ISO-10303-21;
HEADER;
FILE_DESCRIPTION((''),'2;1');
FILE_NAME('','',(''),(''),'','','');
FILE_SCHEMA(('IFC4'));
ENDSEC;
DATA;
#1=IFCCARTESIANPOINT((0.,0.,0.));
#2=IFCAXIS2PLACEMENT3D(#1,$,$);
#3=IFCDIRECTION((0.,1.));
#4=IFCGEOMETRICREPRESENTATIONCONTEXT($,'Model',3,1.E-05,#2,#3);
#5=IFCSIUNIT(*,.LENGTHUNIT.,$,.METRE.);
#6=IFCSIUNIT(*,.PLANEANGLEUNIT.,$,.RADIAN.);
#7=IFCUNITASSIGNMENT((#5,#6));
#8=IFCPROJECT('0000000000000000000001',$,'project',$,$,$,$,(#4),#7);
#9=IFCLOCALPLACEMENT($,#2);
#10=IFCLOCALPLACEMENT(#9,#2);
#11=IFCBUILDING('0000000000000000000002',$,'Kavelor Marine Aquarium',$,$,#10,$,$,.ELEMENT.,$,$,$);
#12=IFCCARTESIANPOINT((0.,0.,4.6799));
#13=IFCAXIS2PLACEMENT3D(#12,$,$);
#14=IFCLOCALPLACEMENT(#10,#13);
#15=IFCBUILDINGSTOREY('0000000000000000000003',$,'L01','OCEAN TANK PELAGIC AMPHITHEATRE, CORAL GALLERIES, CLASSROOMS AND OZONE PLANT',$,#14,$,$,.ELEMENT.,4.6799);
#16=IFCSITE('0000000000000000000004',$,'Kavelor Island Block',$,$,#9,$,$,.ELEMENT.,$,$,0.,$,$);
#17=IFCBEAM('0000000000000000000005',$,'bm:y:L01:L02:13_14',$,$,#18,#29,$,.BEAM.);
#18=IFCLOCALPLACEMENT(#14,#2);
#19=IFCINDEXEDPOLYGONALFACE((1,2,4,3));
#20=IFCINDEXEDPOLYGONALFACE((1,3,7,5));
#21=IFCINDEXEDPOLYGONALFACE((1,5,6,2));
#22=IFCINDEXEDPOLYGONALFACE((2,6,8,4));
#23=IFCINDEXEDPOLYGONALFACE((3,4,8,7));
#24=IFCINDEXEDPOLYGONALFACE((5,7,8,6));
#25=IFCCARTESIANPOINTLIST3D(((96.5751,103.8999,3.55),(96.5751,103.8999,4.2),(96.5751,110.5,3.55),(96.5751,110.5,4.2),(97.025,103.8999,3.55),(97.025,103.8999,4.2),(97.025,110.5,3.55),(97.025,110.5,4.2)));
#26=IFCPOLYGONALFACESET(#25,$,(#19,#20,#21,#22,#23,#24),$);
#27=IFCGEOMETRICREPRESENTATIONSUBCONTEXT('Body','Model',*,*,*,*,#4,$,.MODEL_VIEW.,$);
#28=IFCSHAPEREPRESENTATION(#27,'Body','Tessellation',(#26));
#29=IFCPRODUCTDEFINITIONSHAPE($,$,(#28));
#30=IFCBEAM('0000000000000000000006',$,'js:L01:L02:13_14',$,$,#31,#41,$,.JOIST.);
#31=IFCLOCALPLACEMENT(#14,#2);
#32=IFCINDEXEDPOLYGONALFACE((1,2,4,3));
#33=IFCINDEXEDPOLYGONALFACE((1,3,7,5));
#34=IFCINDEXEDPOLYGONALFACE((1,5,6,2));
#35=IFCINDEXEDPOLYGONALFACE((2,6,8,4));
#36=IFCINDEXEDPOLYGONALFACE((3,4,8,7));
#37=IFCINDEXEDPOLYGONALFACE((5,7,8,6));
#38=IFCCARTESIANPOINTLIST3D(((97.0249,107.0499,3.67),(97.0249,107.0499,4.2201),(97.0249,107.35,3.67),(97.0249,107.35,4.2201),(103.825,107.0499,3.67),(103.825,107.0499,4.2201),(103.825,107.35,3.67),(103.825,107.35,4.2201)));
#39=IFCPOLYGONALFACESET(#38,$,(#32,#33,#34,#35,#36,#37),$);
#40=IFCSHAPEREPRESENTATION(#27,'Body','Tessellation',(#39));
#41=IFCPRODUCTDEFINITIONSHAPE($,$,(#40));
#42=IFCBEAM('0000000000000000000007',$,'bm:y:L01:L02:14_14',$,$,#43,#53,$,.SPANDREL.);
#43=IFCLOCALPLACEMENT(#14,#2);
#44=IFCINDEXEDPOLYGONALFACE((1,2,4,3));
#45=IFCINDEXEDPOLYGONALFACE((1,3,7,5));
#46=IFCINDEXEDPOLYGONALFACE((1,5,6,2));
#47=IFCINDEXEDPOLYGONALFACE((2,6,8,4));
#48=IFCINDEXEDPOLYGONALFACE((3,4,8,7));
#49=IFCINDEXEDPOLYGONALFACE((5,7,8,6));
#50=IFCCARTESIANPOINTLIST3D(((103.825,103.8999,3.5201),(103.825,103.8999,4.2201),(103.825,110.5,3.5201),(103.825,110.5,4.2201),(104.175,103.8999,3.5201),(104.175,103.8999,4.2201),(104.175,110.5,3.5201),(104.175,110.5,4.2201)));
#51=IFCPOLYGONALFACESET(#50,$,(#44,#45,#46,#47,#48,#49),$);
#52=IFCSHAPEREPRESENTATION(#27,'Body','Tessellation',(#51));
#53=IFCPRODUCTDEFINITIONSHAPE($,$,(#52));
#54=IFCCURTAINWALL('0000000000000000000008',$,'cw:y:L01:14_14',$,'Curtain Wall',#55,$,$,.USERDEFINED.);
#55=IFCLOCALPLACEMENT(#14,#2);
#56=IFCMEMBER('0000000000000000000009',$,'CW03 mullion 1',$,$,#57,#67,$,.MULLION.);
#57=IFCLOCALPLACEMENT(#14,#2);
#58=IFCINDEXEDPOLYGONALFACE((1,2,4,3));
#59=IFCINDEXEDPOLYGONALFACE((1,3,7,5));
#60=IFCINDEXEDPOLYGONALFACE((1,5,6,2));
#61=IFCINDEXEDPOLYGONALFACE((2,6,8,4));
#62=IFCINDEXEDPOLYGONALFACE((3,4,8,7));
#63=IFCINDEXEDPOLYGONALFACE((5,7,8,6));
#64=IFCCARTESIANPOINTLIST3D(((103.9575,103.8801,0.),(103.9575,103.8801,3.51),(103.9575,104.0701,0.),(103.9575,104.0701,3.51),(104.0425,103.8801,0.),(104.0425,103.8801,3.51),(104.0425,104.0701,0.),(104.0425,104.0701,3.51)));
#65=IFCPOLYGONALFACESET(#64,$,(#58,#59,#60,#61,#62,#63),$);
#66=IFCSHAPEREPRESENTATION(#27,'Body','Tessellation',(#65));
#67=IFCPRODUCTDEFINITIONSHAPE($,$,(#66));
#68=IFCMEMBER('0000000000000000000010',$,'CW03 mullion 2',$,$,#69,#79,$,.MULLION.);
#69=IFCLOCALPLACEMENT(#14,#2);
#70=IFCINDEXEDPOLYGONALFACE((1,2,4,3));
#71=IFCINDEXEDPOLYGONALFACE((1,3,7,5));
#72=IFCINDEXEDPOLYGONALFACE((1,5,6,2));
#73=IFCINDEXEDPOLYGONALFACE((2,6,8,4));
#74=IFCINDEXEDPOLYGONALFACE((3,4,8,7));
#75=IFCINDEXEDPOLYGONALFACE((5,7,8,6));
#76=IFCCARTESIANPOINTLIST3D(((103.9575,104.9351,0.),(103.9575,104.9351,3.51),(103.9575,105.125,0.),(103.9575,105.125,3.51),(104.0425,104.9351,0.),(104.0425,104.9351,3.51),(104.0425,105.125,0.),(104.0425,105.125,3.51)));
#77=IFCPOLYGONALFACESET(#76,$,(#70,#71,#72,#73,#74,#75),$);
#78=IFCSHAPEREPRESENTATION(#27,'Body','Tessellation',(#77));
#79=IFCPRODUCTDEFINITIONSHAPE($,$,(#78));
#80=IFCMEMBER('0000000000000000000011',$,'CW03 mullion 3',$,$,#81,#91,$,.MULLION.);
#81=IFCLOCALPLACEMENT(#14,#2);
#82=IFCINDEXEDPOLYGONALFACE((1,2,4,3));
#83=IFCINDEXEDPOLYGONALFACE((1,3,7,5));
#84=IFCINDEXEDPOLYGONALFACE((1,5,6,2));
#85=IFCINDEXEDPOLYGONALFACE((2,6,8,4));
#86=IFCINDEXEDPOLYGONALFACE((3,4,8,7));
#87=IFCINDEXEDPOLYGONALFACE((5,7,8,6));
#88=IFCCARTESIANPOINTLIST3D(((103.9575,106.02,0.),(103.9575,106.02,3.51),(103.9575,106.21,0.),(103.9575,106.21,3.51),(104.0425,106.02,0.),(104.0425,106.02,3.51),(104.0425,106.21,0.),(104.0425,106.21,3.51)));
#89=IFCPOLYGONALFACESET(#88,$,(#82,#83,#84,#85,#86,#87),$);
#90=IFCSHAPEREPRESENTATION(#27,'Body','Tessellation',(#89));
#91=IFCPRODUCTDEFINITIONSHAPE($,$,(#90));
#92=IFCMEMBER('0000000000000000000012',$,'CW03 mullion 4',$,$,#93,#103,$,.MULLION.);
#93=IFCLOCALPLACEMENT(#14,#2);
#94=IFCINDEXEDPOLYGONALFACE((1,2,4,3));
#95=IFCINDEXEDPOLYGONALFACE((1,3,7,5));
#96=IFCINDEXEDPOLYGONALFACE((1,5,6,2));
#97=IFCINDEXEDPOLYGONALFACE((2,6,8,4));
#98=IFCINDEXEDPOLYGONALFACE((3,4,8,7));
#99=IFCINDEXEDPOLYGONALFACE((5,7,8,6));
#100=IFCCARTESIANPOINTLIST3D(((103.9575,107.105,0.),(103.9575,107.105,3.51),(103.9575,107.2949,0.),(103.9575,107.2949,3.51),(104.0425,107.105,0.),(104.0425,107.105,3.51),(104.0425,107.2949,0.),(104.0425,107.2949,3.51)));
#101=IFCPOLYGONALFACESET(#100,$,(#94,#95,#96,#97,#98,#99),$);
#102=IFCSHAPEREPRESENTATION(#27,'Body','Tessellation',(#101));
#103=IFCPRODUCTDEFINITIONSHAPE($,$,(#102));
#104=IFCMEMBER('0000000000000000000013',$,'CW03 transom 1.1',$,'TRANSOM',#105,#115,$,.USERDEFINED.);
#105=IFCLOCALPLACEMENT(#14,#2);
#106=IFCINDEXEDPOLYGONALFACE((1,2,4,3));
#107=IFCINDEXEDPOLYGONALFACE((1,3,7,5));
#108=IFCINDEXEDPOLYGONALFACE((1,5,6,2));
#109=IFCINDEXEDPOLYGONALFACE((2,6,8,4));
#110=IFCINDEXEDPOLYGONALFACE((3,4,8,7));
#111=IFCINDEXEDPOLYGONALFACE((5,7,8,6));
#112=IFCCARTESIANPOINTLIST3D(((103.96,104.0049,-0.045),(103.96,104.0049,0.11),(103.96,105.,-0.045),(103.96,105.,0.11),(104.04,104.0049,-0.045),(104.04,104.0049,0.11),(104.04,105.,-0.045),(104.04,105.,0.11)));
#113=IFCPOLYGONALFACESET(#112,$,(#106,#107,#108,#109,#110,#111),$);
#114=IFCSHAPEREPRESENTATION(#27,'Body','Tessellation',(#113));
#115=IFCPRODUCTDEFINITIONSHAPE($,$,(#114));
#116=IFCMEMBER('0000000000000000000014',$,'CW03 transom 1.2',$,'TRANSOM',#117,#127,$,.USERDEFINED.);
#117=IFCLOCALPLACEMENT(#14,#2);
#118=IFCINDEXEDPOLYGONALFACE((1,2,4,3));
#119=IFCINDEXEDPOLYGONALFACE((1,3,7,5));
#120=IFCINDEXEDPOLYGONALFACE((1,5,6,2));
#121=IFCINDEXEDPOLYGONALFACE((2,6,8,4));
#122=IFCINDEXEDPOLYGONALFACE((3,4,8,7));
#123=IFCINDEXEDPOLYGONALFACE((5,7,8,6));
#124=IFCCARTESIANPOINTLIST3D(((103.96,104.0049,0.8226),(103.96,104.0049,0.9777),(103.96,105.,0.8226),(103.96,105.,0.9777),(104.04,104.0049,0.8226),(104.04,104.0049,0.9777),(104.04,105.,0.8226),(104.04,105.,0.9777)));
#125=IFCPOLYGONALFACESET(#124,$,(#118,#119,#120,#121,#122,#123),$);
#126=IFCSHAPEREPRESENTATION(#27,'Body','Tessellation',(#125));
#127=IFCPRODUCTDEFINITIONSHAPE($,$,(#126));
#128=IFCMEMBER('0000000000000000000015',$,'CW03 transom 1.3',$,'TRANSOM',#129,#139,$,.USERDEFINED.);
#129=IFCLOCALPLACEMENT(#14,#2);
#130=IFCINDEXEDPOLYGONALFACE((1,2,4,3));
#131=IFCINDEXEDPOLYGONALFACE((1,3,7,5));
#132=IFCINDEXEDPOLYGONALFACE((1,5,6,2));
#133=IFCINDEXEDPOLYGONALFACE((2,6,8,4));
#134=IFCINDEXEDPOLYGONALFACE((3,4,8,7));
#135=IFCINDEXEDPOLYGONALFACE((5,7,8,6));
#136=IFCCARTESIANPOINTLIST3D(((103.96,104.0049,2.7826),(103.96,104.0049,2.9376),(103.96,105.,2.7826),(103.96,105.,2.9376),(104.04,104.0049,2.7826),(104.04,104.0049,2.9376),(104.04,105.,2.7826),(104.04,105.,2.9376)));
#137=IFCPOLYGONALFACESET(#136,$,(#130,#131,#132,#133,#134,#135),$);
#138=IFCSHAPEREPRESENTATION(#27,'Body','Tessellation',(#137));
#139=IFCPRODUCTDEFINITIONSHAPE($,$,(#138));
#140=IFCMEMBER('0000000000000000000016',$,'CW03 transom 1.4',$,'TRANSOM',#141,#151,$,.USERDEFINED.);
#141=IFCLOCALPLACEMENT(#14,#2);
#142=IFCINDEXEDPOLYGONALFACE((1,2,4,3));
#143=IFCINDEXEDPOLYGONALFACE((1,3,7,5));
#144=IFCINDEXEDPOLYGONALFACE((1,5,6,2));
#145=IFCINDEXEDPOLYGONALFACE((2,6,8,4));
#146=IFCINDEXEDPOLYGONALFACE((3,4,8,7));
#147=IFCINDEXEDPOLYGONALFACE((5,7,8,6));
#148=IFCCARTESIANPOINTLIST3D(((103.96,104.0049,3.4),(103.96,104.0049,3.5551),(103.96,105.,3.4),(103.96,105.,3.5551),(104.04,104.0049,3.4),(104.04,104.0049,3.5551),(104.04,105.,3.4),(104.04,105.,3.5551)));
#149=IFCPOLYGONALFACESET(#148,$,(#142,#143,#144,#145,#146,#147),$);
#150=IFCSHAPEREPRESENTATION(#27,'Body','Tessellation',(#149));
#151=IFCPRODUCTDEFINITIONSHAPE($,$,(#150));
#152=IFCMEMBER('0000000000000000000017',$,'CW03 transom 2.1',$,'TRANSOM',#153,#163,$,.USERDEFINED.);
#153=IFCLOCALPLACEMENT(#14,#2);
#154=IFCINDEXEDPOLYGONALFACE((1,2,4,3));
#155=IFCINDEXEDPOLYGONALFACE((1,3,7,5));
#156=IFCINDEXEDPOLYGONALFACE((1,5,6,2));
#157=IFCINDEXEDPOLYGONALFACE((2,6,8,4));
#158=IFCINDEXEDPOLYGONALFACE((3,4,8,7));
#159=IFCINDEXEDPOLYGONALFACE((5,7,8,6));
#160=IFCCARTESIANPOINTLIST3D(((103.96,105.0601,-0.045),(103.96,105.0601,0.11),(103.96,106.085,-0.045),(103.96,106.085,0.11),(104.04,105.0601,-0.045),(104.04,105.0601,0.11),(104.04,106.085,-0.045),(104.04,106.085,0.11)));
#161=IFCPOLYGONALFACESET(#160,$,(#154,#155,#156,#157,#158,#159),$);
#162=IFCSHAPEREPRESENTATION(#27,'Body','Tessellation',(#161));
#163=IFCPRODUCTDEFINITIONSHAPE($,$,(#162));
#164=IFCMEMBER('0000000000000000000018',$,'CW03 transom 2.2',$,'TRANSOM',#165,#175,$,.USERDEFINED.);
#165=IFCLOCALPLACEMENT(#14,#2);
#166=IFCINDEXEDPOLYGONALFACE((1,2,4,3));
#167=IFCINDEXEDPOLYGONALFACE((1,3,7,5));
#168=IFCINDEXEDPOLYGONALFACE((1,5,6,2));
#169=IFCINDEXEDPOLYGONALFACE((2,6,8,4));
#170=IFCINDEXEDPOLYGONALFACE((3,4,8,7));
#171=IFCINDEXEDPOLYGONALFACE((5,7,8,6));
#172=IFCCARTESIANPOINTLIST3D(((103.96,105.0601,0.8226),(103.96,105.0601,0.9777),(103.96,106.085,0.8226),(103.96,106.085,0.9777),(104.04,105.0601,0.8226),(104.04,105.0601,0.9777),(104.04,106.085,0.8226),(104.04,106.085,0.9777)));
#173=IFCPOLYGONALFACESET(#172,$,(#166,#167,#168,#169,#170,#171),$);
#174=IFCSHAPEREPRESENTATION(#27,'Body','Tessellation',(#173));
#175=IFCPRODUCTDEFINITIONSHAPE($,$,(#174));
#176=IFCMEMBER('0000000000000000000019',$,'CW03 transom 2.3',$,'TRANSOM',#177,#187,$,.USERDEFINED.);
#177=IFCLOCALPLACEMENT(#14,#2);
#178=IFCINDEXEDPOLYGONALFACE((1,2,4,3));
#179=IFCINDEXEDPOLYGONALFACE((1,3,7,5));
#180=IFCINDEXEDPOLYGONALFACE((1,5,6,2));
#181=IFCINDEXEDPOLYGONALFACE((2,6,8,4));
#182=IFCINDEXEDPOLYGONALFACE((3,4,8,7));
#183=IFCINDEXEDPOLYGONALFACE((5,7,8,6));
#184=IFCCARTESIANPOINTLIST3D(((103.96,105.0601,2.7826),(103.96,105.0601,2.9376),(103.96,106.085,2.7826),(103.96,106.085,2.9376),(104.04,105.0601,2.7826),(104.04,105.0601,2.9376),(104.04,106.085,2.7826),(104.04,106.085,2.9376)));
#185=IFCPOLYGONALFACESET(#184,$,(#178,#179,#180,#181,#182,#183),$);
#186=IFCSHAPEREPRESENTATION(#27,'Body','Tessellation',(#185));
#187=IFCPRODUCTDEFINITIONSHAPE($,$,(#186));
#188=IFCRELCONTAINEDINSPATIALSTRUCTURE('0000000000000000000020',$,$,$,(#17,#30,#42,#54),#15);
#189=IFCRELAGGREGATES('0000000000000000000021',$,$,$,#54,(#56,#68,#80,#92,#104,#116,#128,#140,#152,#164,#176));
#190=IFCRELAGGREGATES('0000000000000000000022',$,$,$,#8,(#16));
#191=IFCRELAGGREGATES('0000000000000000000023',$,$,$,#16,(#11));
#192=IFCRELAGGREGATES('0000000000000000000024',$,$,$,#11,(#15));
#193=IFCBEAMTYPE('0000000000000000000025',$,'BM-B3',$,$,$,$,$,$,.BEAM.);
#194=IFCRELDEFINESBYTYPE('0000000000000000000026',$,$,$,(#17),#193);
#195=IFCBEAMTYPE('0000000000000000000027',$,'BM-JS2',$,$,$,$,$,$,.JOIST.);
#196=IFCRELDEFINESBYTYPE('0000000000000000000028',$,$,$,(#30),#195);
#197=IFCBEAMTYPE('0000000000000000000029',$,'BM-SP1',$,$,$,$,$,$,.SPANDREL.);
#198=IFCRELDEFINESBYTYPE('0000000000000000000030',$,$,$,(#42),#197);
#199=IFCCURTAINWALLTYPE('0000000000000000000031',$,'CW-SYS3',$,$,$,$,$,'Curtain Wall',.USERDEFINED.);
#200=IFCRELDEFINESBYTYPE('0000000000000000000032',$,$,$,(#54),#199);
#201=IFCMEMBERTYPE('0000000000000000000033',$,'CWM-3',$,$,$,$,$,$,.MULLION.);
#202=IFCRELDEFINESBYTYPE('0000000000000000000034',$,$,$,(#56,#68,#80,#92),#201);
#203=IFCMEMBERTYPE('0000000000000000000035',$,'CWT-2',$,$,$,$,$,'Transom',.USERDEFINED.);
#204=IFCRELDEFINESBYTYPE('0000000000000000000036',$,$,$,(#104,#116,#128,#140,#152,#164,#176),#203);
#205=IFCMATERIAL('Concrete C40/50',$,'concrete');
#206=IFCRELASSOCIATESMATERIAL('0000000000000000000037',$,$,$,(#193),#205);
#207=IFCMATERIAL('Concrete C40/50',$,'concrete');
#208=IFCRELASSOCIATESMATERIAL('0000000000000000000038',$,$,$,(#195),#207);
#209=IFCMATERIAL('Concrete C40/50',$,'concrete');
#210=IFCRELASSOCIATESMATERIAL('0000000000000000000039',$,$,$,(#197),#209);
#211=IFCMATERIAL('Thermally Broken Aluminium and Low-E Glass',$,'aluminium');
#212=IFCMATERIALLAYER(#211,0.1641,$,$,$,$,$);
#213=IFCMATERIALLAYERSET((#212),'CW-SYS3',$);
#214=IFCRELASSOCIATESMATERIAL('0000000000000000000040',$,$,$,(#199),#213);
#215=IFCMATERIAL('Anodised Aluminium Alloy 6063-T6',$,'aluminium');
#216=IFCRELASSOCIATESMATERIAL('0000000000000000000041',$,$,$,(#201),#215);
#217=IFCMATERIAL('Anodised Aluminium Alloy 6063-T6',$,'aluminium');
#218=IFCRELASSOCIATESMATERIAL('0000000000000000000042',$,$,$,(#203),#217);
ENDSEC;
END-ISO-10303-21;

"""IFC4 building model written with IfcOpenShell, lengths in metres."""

from ifc_helpers import new_model, si_unit, direction, frame, origin, origin_2d, place, context, subcontext, project, spatial, rectangle, extrude, material, layer, layer_set, material_profile, profile_set, type_object, element, aggregate, save


model = new_model("IFC4")

# Units and contexts
model_context = context("Model", 3, precision=1e-05, world=origin(), true_north=direction((0.0, 1.0)))
body_context = subcontext(model_context, "Body", "Model", "MODEL_VIEW")
ifc_project = project(units=[si_unit("LENGTHUNIT", "METRE"), si_unit("PLANEANGLEUNIT", "RADIAN")], contexts=[model_context])

# Site, building, storey
site_placement = place(None, origin())
site = spatial("IfcSite", under=ifc_project, at=site_placement, Name="Kavelor Island Block", CompositionType="ELEMENT", RefElevation=0.0)
building_placement = place(site_placement, origin())
building = spatial("IfcBuilding", under=site, at=building_placement, Name="Kavelor Marine Aquarium", CompositionType="ELEMENT")
storey_placement = place(building_placement, frame((0.0, 0.0, 4.6799)))
storey = spatial("IfcBuildingStorey", under=building, at=storey_placement, Name="L01", Description="OCEAN TANK PELAGIC AMPHITHEATRE, CORAL GALLERIES, CLASSROOMS AND OZONE PLANT", CompositionType="ELEMENT", Elevation=4.6799)

# Beams
ifc_material_1 = material(Name="Concrete C40/50", Category="concrete")
ifc_material_profile_1 = material_profile(ifc_material_1, rectangle(XDim=0.45, YDim=0.6499, at=origin_2d()), Name="RC-BM 450x650")
ifc_profile_set_1 = profile_set([ifc_material_profile_1], Name="Concrete C40/50")
beam_type_1 = type_object("IfcBeamType", Name="BM-B3", PredefinedType="BEAM", material=ifc_profile_set_1)
beam_1_placement = place(storey_placement, frame((96.8, 103.8999, 3.875), z_axis=(0.0, 1.0, 0.0), x_axis=(-1.0, 0.0, 0.0)))
element("IfcBeam", 1, at=beam_1_placement, inside=storey, type_object=beam_type_1, Name="bm:y:L01:L02:13_14", PredefinedType="BEAM", context=body_context, shape_type="SweptSolid", body=[
    extrude(rectangle(XDim=0.45, YDim=0.6499, at=origin_2d()), origin(), (0.0, 0.0, 1.0), 6.6001),
])
ifc_material_2 = material(Name="Concrete C40/50", Category="concrete")
ifc_material_profile_2 = material_profile(ifc_material_2, rectangle(XDim=0.3, YDim=0.55, at=origin_2d()), Name="RC-JS 300x550")
ifc_profile_set_2 = profile_set([ifc_material_profile_2], Name="Concrete C40/50")
beam_type_2 = type_object("IfcBeamType", Name="BM-JS2", PredefinedType="JOIST", material=ifc_profile_set_2)
beam_2_placement = place(storey_placement, frame((97.0249, 107.2, 3.9451), z_axis=(1.0, 0.0, 0.0), x_axis=(0.0, 1.0, 0.0)))
element("IfcBeam", 2, at=beam_2_placement, inside=storey, type_object=beam_type_2, Name="js:L01:L02:13_14", PredefinedType="JOIST", context=body_context, shape_type="SweptSolid", body=[
    extrude(rectangle(XDim=0.3, YDim=0.55, at=origin_2d()), origin(), (0.0, 0.0, 1.0), 6.8),
])
ifc_material_3 = material(Name="Concrete C40/50", Category="concrete")
ifc_material_profile_3 = material_profile(ifc_material_3, rectangle(XDim=0.3501, YDim=0.7, at=origin_2d()), Name="RC-SP 350x700")
ifc_profile_set_3 = profile_set([ifc_material_profile_3], Name="Concrete C40/50")
beam_type_3 = type_object("IfcBeamType", Name="BM-SP1", PredefinedType="SPANDREL", material=ifc_profile_set_3)
beam_3_placement = place(storey_placement, frame((104.0, 103.8999, 3.8701), z_axis=(0.0, 1.0, 0.0), x_axis=(-1.0, 0.0, 0.0)))
element("IfcBeam", 3, at=beam_3_placement, inside=storey, type_object=beam_type_3, Name="bm:y:L01:L02:14_14", PredefinedType="SPANDREL", context=body_context, shape_type="SweptSolid", body=[
    extrude(rectangle(XDim=0.3501, YDim=0.7, at=origin_2d()), origin(), (0.0, 0.0, 1.0), 6.6001),
])

# Curtain wall, members
ifc_material_4 = material(Name="Thermally Broken Aluminium and Low-E Glass", Category="aluminium")
ifc_layer_1 = layer(ifc_material_4, 0.1641)
ifc_layer_set_1 = layer_set([ifc_layer_1], Name="CW-SYS3")
curtain_wall_type = type_object("IfcCurtainWallType", Name="CW-SYS3", ElementType="Curtain Wall", PredefinedType="USERDEFINED", material=ifc_layer_set_1)
curtain_wall_placement = place(storey_placement, origin())
curtain_wall = element("IfcCurtainWall", 4, at=curtain_wall_placement, inside=storey, type_object=curtain_wall_type, Name="cw:y:L01:14_14", ObjectType="Curtain Wall", PredefinedType="USERDEFINED")
ifc_material_5 = material(Name="Anodised Aluminium Alloy 6063-T6", Category="aluminium")
ifc_material_profile_4 = material_profile(ifc_material_5, rectangle(XDim=0.085, YDim=0.1899, at=origin_2d()), Name="CW-MUL 85x190")
ifc_profile_set_4 = profile_set([ifc_material_profile_4], Name="Anodised Aluminium Alloy 6063-T6")
member_type_1 = type_object("IfcMemberType", Name="CWM-3", PredefinedType="MULLION", material=ifc_profile_set_4)
member_1_placement = place(storey_placement, frame((104.0, 103.9751, 0.0), z_axis=(0.0, 0.0, 1.0), x_axis=(-1.0, 0.0, 0.0)))
member_1 = element("IfcMember", 5, at=member_1_placement, type_object=member_type_1, Name="CW03 mullion 1", PredefinedType="MULLION", context=body_context, shape_type="SweptSolid", body=[
    extrude(rectangle(XDim=0.085, YDim=0.1899, at=origin_2d()), origin(), (0.0, 0.0, 1.0), 3.51),
])
member_2_placement = place(storey_placement, frame((104.0, 105.03, 0.0), z_axis=(0.0, 0.0, 1.0), x_axis=(-1.0, 0.0, 0.0)))
member_2 = element("IfcMember", 6, at=member_2_placement, type_object=member_type_1, Name="CW03 mullion 2", PredefinedType="MULLION", context=body_context, shape_type="SweptSolid", body=[
    extrude(rectangle(XDim=0.085, YDim=0.1899, at=origin_2d()), origin(), (0.0, 0.0, 1.0), 3.51),
])
member_3_placement = place(storey_placement, frame((104.0, 106.115, 0.0), z_axis=(0.0, 0.0, 1.0), x_axis=(-1.0, 0.0, 0.0)))
member_3 = element("IfcMember", 7, at=member_3_placement, type_object=member_type_1, Name="CW03 mullion 3", PredefinedType="MULLION", context=body_context, shape_type="SweptSolid", body=[
    extrude(rectangle(XDim=0.085, YDim=0.1899, at=origin_2d()), origin(), (0.0, 0.0, 1.0), 3.51),
])
member_4_placement = place(storey_placement, frame((104.0, 107.2, 0.0), z_axis=(0.0, 0.0, 1.0), x_axis=(-1.0, 0.0, 0.0)))
member_4 = element("IfcMember", 8, at=member_4_placement, type_object=member_type_1, Name="CW03 mullion 4", PredefinedType="MULLION", context=body_context, shape_type="SweptSolid", body=[
    extrude(rectangle(XDim=0.085, YDim=0.1899, at=origin_2d()), origin(), (0.0, 0.0, 1.0), 3.51),
])
ifc_material_6 = material(Name="Anodised Aluminium Alloy 6063-T6", Category="aluminium")
ifc_material_profile_5 = material_profile(ifc_material_6, rectangle(XDim=0.0801, YDim=0.155, at=origin_2d()), Name="CW-TRN 80x155")
ifc_profile_set_5 = profile_set([ifc_material_profile_5], Name="Anodised Aluminium Alloy 6063-T6")
member_type_2 = type_object("IfcMemberType", Name="CWT-2", ElementType="Transom", PredefinedType="USERDEFINED", material=ifc_profile_set_5)
member_5_placement = place(storey_placement, frame((104.0, 104.0049, 0.0325), z_axis=(0.0, 1.0, 0.0), x_axis=(-1.0, 0.0, 0.0)))
member_5 = element("IfcMember", 9, at=member_5_placement, type_object=member_type_2, Name="CW03 transom 1.1", ObjectType="TRANSOM", PredefinedType="USERDEFINED", context=body_context, shape_type="SweptSolid", body=[
    extrude(rectangle(XDim=0.0801, YDim=0.155, at=origin_2d()), origin(), (0.0, 0.0, 1.0), 0.9951),
])
member_6_placement = place(storey_placement, frame((104.0, 104.0049, 0.9001), z_axis=(0.0, 1.0, 0.0), x_axis=(-1.0, 0.0, 0.0)))
member_6 = element("IfcMember", 10, at=member_6_placement, type_object=member_type_2, Name="CW03 transom 1.2", ObjectType="TRANSOM", PredefinedType="USERDEFINED", context=body_context, shape_type="SweptSolid", body=[
    extrude(rectangle(XDim=0.0801, YDim=0.155, at=origin_2d()), origin(), (0.0, 0.0, 1.0), 0.9951),
])
member_7_placement = place(storey_placement, frame((104.0, 104.0049, 2.8601), z_axis=(0.0, 1.0, 0.0), x_axis=(-1.0, 0.0, 0.0)))
member_7 = element("IfcMember", 11, at=member_7_placement, type_object=member_type_2, Name="CW03 transom 1.3", ObjectType="TRANSOM", PredefinedType="USERDEFINED", context=body_context, shape_type="SweptSolid", body=[
    extrude(rectangle(XDim=0.0801, YDim=0.155, at=origin_2d()), origin(), (0.0, 0.0, 1.0), 0.9951),
])
member_8_placement = place(storey_placement, frame((104.0, 104.0049, 3.4775), z_axis=(0.0, 1.0, 0.0), x_axis=(-1.0, 0.0, 0.0)))
member_8 = element("IfcMember", 12, at=member_8_placement, type_object=member_type_2, Name="CW03 transom 1.4", ObjectType="TRANSOM", PredefinedType="USERDEFINED", context=body_context, shape_type="SweptSolid", body=[
    extrude(rectangle(XDim=0.0801, YDim=0.155, at=origin_2d()), origin(), (0.0, 0.0, 1.0), 0.9951),
])
member_9_placement = place(storey_placement, frame((104.0, 105.0601, 0.0325), z_axis=(0.0, 1.0, 0.0), x_axis=(-1.0, 0.0, 0.0)))
member_9 = element("IfcMember", 13, at=member_9_placement, type_object=member_type_2, Name="CW03 transom 2.1", ObjectType="TRANSOM", PredefinedType="USERDEFINED", context=body_context, shape_type="SweptSolid", body=[
    extrude(rectangle(XDim=0.0801, YDim=0.155, at=origin_2d()), origin(), (0.0, 0.0, 1.0), 1.0249),
])
member_10_placement = place(storey_placement, frame((104.0, 105.0601, 0.9001), z_axis=(0.0, 1.0, 0.0), x_axis=(-1.0, 0.0, 0.0)))
member_10 = element("IfcMember", 14, at=member_10_placement, type_object=member_type_2, Name="CW03 transom 2.2", ObjectType="TRANSOM", PredefinedType="USERDEFINED", context=body_context, shape_type="SweptSolid", body=[
    extrude(rectangle(XDim=0.0801, YDim=0.155, at=origin_2d()), origin(), (0.0, 0.0, 1.0), 1.0249),
])
member_11_placement = place(storey_placement, frame((104.0, 105.0601, 2.8601), z_axis=(0.0, 1.0, 0.0), x_axis=(-1.0, 0.0, 0.0)))
member_11 = element("IfcMember", 15, at=member_11_placement, type_object=member_type_2, Name="CW03 transom 2.3", ObjectType="TRANSOM", PredefinedType="USERDEFINED", context=body_context, shape_type="SweptSolid", body=[
    extrude(rectangle(XDim=0.0801, YDim=0.155, at=origin_2d()), origin(), (0.0, 0.0, 1.0), 1.0249),
])
aggregate(curtain_wall, [member_1, member_2, member_3, member_4, member_5, member_6, member_7, member_8, member_9, member_10, member_11])

save(model, "model.ifc")
